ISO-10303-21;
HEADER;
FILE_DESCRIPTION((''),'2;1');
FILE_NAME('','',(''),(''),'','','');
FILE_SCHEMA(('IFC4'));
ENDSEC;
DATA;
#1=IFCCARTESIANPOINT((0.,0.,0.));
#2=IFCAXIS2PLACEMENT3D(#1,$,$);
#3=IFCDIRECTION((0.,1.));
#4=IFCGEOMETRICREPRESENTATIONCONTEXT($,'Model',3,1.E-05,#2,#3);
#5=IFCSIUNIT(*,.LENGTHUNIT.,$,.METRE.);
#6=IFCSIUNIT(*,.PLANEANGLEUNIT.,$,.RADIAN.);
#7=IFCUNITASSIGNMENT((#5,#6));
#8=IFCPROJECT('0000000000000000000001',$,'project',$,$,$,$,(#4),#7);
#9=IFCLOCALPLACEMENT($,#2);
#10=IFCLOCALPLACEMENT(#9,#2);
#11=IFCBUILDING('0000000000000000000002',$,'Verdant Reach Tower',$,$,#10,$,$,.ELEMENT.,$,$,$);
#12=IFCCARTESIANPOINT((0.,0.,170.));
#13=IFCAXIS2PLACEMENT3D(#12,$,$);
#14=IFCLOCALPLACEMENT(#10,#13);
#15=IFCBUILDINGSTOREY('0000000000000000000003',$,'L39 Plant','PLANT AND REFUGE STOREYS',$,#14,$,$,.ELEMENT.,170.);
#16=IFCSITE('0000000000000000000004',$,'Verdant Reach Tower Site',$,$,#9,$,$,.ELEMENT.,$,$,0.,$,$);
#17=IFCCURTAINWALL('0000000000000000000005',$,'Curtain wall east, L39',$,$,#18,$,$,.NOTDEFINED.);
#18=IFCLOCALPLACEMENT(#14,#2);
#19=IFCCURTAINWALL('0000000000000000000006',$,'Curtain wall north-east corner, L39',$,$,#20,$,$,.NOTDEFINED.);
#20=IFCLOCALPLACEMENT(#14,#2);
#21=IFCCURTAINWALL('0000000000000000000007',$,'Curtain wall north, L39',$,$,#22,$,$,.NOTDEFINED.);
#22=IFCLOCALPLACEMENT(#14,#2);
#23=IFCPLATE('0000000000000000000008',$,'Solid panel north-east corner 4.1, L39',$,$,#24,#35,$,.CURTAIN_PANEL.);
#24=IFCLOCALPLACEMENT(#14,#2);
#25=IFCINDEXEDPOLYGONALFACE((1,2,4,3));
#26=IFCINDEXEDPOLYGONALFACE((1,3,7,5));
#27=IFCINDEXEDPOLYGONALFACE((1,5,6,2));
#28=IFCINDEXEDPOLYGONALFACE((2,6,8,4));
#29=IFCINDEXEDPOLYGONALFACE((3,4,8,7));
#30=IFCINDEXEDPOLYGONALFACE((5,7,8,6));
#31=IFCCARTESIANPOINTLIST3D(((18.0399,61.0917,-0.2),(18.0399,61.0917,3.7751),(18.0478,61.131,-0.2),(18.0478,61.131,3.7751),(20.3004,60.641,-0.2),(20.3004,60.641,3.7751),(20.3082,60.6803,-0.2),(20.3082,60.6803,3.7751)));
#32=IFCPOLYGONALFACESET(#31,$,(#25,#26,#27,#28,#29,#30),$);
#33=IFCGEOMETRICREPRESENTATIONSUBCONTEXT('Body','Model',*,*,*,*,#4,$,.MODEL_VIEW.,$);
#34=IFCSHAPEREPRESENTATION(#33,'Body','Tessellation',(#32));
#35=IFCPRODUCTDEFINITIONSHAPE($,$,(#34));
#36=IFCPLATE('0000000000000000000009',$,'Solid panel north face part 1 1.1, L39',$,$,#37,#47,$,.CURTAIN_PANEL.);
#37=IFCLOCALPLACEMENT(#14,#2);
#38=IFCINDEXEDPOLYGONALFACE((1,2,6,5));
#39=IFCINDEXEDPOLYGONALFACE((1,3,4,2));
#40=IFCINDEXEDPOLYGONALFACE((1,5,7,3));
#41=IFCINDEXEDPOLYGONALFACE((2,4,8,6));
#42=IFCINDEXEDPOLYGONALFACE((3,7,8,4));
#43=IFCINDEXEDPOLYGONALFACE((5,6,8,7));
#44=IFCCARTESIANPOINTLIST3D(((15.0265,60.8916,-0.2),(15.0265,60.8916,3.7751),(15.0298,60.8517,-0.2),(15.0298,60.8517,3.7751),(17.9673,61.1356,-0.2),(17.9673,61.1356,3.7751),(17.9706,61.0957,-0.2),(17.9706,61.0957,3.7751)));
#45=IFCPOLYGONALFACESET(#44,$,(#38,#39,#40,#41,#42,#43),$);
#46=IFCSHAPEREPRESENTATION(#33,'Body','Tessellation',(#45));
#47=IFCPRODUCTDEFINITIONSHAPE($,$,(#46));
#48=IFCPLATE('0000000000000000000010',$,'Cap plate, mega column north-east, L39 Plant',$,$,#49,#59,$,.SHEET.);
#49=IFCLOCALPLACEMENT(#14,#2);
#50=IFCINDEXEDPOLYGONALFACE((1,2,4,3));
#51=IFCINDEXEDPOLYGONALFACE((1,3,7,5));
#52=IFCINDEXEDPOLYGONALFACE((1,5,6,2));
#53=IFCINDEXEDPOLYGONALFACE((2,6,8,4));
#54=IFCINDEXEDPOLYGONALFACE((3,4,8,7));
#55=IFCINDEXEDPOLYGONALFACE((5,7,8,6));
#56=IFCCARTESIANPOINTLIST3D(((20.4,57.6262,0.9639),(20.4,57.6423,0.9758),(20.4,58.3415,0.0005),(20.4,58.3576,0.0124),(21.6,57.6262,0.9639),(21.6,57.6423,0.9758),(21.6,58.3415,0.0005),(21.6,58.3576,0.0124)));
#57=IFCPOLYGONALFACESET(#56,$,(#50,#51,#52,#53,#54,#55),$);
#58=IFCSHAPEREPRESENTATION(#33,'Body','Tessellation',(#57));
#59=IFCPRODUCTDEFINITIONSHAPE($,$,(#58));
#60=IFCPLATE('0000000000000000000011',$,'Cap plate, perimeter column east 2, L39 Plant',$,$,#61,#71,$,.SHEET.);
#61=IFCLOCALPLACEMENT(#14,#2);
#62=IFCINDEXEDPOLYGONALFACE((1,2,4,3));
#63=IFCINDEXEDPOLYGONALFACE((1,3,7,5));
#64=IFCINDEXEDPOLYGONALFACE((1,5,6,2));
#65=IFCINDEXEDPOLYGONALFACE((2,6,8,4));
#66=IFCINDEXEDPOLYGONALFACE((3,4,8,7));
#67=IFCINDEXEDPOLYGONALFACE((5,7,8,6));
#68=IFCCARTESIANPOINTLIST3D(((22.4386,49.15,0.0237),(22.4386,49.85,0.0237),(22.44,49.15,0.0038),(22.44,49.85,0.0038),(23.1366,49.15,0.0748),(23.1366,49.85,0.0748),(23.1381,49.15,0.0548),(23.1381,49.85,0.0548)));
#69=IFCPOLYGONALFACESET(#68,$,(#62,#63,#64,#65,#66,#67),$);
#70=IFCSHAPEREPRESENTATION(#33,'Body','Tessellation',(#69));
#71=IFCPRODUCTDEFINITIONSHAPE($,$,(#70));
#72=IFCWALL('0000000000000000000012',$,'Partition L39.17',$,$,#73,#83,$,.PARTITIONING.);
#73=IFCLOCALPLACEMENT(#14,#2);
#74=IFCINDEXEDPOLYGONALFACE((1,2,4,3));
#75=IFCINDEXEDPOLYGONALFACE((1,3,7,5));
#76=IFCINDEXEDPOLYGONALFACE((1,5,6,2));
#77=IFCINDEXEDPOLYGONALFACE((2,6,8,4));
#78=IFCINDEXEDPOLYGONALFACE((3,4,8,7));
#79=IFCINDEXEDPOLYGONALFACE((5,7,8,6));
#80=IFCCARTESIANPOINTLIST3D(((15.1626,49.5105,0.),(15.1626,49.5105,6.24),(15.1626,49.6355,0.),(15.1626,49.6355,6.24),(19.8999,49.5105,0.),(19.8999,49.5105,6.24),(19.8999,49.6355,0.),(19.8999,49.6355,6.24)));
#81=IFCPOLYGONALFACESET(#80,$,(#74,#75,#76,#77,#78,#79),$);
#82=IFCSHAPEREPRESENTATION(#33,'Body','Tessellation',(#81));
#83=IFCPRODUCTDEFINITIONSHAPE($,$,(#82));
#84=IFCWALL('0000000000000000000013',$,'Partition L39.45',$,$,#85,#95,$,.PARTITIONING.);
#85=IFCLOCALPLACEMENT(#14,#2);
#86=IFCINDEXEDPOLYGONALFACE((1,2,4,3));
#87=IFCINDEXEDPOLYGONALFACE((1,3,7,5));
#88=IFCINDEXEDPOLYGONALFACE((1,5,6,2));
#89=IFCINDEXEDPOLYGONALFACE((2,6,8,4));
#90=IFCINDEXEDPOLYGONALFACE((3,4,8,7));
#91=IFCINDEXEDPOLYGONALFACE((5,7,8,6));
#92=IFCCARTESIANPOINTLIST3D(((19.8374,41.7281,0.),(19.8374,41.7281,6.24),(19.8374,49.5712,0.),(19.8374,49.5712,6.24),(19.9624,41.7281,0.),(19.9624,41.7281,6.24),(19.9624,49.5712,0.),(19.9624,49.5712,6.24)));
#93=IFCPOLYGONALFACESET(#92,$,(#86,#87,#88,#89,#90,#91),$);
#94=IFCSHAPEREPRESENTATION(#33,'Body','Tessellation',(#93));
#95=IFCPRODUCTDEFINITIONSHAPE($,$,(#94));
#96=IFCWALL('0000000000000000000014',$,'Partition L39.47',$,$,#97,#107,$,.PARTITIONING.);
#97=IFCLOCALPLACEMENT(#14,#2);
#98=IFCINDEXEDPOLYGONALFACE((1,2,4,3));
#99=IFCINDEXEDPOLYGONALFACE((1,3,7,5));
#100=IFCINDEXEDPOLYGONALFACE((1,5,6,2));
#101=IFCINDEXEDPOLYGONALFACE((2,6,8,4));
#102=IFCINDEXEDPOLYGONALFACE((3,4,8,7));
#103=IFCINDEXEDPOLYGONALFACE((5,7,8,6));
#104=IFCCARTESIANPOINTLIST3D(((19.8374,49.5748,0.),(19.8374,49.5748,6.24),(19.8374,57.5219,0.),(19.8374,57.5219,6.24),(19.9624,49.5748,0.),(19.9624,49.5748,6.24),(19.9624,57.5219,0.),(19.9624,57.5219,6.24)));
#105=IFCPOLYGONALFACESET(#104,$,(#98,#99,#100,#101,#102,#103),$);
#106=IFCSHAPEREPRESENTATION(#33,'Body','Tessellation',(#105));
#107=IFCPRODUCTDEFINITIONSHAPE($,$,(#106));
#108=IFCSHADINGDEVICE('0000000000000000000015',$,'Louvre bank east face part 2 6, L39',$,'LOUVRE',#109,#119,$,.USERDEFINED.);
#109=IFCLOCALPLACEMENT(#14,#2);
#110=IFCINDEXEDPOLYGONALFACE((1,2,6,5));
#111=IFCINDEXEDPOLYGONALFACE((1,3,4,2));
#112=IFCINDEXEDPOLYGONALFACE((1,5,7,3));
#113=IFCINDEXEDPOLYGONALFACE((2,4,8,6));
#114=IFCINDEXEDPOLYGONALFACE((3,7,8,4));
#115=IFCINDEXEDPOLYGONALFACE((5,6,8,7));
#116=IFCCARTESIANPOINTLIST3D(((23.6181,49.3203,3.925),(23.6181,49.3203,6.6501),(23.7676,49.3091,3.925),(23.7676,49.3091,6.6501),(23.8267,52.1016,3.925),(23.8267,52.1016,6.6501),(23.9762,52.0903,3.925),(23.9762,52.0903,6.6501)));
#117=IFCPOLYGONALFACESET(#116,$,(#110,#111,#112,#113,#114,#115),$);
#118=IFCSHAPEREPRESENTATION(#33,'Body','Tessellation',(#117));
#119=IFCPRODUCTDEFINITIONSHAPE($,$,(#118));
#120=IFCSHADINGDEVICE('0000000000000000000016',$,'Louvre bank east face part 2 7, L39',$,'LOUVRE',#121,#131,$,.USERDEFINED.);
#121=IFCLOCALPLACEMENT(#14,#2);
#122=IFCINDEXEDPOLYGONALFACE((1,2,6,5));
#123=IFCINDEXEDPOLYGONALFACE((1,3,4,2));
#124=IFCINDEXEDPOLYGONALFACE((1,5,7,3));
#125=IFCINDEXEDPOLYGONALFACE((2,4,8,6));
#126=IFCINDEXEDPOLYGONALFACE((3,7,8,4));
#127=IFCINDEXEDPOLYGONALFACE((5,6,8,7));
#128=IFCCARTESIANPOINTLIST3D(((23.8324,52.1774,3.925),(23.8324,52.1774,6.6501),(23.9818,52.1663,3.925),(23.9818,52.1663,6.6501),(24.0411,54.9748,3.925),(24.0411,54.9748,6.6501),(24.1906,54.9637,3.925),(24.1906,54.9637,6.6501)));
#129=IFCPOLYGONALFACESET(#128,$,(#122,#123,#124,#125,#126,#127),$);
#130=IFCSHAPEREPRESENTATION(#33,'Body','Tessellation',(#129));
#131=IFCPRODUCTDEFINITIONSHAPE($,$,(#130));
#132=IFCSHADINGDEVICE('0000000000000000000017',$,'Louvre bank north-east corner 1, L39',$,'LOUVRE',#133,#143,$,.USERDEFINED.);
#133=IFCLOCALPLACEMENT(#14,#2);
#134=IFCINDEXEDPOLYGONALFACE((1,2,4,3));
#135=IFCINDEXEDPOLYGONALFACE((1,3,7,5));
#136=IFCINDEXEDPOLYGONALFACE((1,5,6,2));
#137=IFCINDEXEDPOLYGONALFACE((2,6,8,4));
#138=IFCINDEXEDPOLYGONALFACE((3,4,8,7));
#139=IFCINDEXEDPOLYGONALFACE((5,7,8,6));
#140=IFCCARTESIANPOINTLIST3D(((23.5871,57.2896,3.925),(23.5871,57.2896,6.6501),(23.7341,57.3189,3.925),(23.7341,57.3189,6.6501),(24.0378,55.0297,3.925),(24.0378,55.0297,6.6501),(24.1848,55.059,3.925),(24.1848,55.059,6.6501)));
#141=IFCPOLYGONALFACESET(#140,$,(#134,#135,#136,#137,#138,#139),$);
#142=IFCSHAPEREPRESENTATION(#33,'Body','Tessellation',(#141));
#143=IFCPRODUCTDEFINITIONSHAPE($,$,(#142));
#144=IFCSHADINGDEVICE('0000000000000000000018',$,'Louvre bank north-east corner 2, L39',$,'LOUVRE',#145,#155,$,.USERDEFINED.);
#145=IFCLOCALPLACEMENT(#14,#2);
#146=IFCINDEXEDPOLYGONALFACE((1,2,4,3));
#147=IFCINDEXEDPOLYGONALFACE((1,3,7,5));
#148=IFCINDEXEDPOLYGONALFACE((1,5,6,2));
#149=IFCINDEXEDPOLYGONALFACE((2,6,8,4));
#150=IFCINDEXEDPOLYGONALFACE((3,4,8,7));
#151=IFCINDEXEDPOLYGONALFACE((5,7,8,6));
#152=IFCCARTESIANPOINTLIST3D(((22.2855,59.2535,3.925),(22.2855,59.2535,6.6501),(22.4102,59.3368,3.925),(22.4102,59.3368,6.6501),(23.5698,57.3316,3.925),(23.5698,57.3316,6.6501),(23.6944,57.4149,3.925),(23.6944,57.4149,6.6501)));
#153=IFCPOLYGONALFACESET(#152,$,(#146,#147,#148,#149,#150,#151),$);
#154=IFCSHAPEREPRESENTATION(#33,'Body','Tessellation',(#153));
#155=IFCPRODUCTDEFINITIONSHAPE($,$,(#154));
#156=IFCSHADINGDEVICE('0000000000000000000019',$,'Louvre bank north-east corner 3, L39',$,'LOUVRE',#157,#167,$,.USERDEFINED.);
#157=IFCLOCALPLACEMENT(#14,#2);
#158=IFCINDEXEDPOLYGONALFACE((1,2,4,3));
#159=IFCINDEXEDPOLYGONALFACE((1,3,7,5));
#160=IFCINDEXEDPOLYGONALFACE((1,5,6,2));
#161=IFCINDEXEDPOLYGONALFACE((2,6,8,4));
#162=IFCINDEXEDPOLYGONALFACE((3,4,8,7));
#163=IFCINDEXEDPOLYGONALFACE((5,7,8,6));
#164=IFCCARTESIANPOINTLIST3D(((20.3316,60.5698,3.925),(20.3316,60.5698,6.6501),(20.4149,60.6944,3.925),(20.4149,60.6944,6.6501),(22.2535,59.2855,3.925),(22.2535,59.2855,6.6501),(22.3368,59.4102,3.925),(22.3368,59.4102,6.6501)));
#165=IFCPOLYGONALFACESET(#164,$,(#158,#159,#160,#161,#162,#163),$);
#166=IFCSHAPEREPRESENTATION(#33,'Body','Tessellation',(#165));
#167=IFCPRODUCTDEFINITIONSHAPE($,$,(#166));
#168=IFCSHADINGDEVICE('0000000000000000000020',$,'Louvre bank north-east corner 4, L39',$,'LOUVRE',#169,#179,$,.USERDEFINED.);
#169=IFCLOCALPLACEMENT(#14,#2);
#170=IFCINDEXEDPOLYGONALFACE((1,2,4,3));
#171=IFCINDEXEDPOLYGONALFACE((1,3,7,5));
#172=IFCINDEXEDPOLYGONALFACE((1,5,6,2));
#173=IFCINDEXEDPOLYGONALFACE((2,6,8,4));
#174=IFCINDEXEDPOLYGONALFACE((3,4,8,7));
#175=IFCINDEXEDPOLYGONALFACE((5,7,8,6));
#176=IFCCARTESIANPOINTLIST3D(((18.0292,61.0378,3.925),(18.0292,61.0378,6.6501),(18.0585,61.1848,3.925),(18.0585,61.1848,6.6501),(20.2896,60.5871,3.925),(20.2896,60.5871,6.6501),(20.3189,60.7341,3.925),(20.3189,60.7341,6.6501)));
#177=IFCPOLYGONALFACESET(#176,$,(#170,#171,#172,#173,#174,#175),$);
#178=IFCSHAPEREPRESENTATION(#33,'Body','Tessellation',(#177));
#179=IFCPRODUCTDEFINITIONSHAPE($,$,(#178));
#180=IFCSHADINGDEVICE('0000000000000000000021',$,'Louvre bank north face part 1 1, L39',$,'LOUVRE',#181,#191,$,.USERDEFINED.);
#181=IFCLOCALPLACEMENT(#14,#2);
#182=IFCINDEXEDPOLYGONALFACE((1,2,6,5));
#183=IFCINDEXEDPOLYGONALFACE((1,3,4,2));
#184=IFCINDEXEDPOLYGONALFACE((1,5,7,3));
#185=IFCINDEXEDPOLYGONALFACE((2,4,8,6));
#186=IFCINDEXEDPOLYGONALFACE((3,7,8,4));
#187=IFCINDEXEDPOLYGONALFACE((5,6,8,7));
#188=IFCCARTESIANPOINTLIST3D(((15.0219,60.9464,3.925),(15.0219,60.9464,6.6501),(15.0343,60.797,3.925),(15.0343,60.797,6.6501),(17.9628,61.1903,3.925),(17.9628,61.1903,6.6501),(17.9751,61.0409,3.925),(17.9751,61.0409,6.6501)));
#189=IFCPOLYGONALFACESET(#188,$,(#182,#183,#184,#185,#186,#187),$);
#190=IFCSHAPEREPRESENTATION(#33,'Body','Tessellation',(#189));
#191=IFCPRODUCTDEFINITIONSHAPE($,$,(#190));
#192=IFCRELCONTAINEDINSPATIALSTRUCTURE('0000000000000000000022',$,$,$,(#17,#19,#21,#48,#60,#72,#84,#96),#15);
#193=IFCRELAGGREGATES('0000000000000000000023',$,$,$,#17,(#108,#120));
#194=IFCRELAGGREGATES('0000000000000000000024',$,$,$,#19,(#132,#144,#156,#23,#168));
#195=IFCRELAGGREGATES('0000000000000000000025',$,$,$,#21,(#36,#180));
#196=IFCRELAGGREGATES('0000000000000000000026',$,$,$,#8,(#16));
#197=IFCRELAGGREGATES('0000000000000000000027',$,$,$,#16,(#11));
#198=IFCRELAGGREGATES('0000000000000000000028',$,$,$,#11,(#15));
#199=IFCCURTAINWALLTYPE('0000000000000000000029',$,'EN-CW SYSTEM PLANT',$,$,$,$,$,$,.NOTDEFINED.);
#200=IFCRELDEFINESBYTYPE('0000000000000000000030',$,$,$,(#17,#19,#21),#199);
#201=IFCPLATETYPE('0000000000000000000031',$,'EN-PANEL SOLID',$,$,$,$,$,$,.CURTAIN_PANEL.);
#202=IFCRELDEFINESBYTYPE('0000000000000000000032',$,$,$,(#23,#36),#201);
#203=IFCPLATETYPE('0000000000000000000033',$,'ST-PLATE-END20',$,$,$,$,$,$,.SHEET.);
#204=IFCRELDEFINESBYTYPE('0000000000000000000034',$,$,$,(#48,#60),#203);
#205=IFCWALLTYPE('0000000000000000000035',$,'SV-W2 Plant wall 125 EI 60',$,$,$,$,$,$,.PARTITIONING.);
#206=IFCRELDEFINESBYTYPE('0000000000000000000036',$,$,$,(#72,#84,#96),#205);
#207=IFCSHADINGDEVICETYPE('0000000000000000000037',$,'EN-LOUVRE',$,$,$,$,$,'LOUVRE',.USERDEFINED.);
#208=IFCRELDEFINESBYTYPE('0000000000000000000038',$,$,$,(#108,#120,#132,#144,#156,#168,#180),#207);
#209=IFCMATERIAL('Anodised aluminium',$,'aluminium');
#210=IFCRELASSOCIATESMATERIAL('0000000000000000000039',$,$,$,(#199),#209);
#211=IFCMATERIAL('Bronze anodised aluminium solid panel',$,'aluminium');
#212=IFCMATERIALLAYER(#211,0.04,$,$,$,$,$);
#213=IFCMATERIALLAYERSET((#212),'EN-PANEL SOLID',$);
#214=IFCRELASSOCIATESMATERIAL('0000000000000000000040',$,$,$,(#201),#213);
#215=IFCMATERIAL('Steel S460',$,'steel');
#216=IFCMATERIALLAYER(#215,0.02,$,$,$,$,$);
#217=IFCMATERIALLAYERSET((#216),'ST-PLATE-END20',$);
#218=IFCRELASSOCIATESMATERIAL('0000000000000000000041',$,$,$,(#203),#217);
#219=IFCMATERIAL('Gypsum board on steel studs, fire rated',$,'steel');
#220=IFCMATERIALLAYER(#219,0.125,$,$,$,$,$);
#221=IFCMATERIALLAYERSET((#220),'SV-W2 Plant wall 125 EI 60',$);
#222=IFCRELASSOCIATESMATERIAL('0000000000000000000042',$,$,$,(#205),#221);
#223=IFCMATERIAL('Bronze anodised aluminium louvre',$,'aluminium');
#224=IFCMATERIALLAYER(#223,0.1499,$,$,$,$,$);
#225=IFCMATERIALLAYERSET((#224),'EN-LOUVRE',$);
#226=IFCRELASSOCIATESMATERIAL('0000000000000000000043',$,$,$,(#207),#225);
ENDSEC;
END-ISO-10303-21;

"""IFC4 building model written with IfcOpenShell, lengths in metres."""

from ifc_helpers import new_model, si_unit, direction, frame, frame_2d, origin, origin_2d, place, context, subcontext, project, spatial, rectangle, extrude, material, layer, layer_set, type_object, element, aggregate, save


model = new_model("IFC4")

# Units and contexts
model_context = context("Model", 3, precision=1e-05, world=origin(), true_north=direction((0.0, 1.0)))
body_context = subcontext(model_context, "Body", "Model", "MODEL_VIEW")
ifc_project = project(units=[si_unit("LENGTHUNIT", "METRE"), si_unit("PLANEANGLEUNIT", "RADIAN")], contexts=[model_context])

# Site, building, storey
site_placement = place(None, origin())
site = spatial("IfcSite", under=ifc_project, at=site_placement, Name="Verdant Reach Tower Site", CompositionType="ELEMENT", RefElevation=0.0)
building_placement = place(site_placement, origin())
building = spatial("IfcBuilding", under=site, at=building_placement, Name="Verdant Reach Tower", CompositionType="ELEMENT")
storey_placement = place(building_placement, frame((0.0, 0.0, 170.0)))
storey = spatial("IfcBuildingStorey", under=building, at=storey_placement, Name="L39 Plant", Description="PLANT AND REFUGE STOREYS", CompositionType="ELEMENT", Elevation=170.0)

# Shared definitions
ifc_material_1 = material(Name="Steel S460", Category="steel")

# Curtain wall
ifc_material_2 = material(Name="Anodised aluminium", Category="aluminium")
curtain_wall_type = type_object("IfcCurtainWallType", Name="EN-CW SYSTEM PLANT", PredefinedType="NOTDEFINED", material=ifc_material_2)
curtain_wall_1_placement = place(storey_placement, origin())
curtain_wall_1 = element("IfcCurtainWall", 1, at=curtain_wall_1_placement, inside=storey, type_object=curtain_wall_type, Name="Curtain wall east, L39", PredefinedType="NOTDEFINED")

# Curtain walls
curtain_wall_2_placement = place(storey_placement, origin())
curtain_wall_2 = element("IfcCurtainWall", 2, at=curtain_wall_2_placement, inside=storey, type_object=curtain_wall_type, Name="Curtain wall north-east corner, L39", PredefinedType="NOTDEFINED")
curtain_wall_3_placement = place(storey_placement, origin())
curtain_wall_3 = element("IfcCurtainWall", 3, at=curtain_wall_3_placement, inside=storey, type_object=curtain_wall_type, Name="Curtain wall north, L39", PredefinedType="NOTDEFINED")

# Plates
ifc_material_3 = material(Name="Bronze anodised aluminium solid panel", Category="aluminium")
ifc_layer_1 = layer(ifc_material_3, 0.04)
ifc_layer_set_1 = layer_set([ifc_layer_1], Name="EN-PANEL SOLID")
plate_type_1 = type_object("IfcPlateType", Name="EN-PANEL SOLID", PredefinedType="CURTAIN_PANEL", material=ifc_layer_set_1)
plate_1_placement = place(storey_placement, frame((19.1741, 60.886, -0.2), z_axis=(0.0, 0.0, 1.0), x_axis=(-0.980695, 0.195545, 0.0)))
plate_1 = element("IfcPlate", 4, at=plate_1_placement, type_object=plate_type_1, Name="Solid panel north-east corner 4.1, L39", PredefinedType="CURTAIN_PANEL", context=body_context, shape_type="SweptSolid", body=[
    extrude(rectangle(XDim=2.3049, YDim=0.04, at=origin_2d()), origin(), (0.0, 0.0, 1.0), 3.9751),
])
plate_2_placement = place(storey_placement, frame((16.4985, 60.9937, -0.2), z_axis=(0.0, 0.0, 1.0), x_axis=(-0.996578, -0.082664, 0.0)))
plate_2 = element("IfcPlate", 5, at=plate_2_placement, type_object=plate_type_1, Name="Solid panel north face part 1 1.1, L39", PredefinedType="CURTAIN_PANEL", context=body_context, shape_type="SweptSolid", body=[
    extrude(rectangle(XDim=2.9509, YDim=0.04, at=origin_2d()), origin(), (0.0, 0.0, 1.0), 3.9751),
])

# Plates
ifc_layer_2 = layer(ifc_material_1, 0.02)
ifc_layer_set_2 = layer_set([ifc_layer_2], Name="ST-PLATE-END20")
plate_type_2 = type_object("IfcPlateType", Name="ST-PLATE-END20", PredefinedType="SHEET", material=ifc_layer_set_2)
plate_3_placement = place(storey_placement, frame((21.0, 57.9839, 0.4822), z_axis=(0.0, 0.80291, 0.5961), x_axis=(-1.0, 0.0, 0.0)))
element("IfcPlate", 6, at=plate_3_placement, inside=storey, type_object=plate_type_2, Name="Cap plate, mega column north-east, L39 Plant", PredefinedType="SHEET", context=body_context, shape_type="SweptSolid", body=[
    extrude(rectangle(XDim=1.2, YDim=1.2, at=origin_2d()), origin(), (0.0, 0.0, 1.0), 0.02),
])
plate_4_placement = place(storey_placement, frame((22.7891, 49.5, 0.0293), z_axis=(-0.072976, 0.0, 0.997334), x_axis=(0.0, -1.0, 0.0)))
element("IfcPlate", 7, at=plate_4_placement, inside=storey, type_object=plate_type_2, Name="Cap plate, perimeter column east 2, L39 Plant", PredefinedType="SHEET", context=body_context, shape_type="SweptSolid", body=[
    extrude(rectangle(XDim=0.7, YDim=0.7, at=origin_2d()), origin(), (0.0, 0.0, 1.0), 0.02),
])

# Walls
ifc_material_4 = material(Name="Gypsum board on steel studs, fire rated", Category="steel")
ifc_layer_3 = layer(ifc_material_4, 0.125)
ifc_layer_set_3 = layer_set([ifc_layer_3], Name="SV-W2 Plant wall 125 EI 60")
wall_type = type_object("IfcWallType", Name="SV-W2 Plant wall 125 EI 60", PredefinedType="PARTITIONING", material=ifc_layer_set_3)
wall_1_placement = place(storey_placement, frame((15.1626, 49.573, 0.0), z_axis=(0.0, 0.0, 1.0), x_axis=(1.0, 0.0, 0.0)))
element("IfcWall", 8, at=wall_1_placement, inside=storey, type_object=wall_type, Name="Partition L39.17", PredefinedType="PARTITIONING", context=body_context, shape_type="SweptSolid", body=[
    extrude(rectangle(XDim=4.7373, YDim=0.125, at=frame_2d((2.3687, 0.0))), origin(), (0.0, 0.0, 1.0), 6.24),
])
wall_2_placement = place(storey_placement, frame((19.8999, 49.571, 0.0), z_axis=(0.0, 0.0, 1.0), x_axis=(0.0, -1.0, 0.0)))
element("IfcWall", 9, at=wall_2_placement, inside=storey, type_object=wall_type, Name="Partition L39.45", PredefinedType="PARTITIONING", context=body_context, shape_type="SweptSolid", body=[
    extrude(rectangle(XDim=7.843, YDim=0.125, at=frame_2d((3.9214, 0.0))), origin(), (0.0, 0.0, 1.0), 6.24),
])
wall_3_placement = place(storey_placement, frame((19.8999, 57.522, 0.0), z_axis=(0.0, 0.0, 1.0), x_axis=(0.0, -1.0, 0.0)))
element("IfcWall", 10, at=wall_3_placement, inside=storey, type_object=wall_type, Name="Partition L39.47", PredefinedType="PARTITIONING", context=body_context, shape_type="SweptSolid", body=[
    extrude(rectangle(XDim=7.947, YDim=0.125, at=frame_2d((3.9736, 0.0))), origin(), (0.0, 0.0, 1.0), 6.24),
])

# Shading devices
ifc_material_5 = material(Name="Bronze anodised aluminium louvre", Category="aluminium")
ifc_layer_4 = layer(ifc_material_5, 0.1499)
ifc_layer_set_4 = layer_set([ifc_layer_4], Name="EN-LOUVRE")
shading_device_type = type_object("IfcShadingDeviceType", Name="EN-LOUVRE", ElementType="LOUVRE", PredefinedType="USERDEFINED", material=ifc_layer_set_4)
shading_device_1_placement = place(storey_placement, frame((23.7971, 50.7053, 3.925), z_axis=(0.0, 0.0, 1.0), x_axis=(0.07479, 0.997199, 0.0)))
shading_device_1 = element("IfcShadingDevice", 11, at=shading_device_1_placement, type_object=shading_device_type, Name="Louvre bank east face part 2 6, L39", ObjectType="LOUVRE", PredefinedType="USERDEFINED", context=body_context, shape_type="SweptSolid", body=[
    extrude(rectangle(XDim=2.7891, YDim=0.1499, at=origin_2d()), origin(), (0.0, 0.0, 1.0), 2.7251),
])
shading_device_2_placement = place(storey_placement, frame((24.0115, 53.5706, 3.925), z_axis=(0.0, 0.0, 1.0), x_axis=(0.074412, 0.997228, 0.0)))
shading_device_2 = element("IfcShadingDevice", 12, at=shading_device_2_placement, type_object=shading_device_type, Name="Louvre bank east face part 2 7, L39", ObjectType="LOUVRE", PredefinedType="USERDEFINED", context=body_context, shape_type="SweptSolid", body=[
    extrude(rectangle(XDim=2.8052, YDim=0.1499, at=origin_2d()), origin(), (0.0, 0.0, 1.0), 2.7251),
])
aggregate(curtain_wall_1, [shading_device_1, shading_device_2])
shading_device_3_placement = place(storey_placement, frame((23.886, 56.1743, 3.925), z_axis=(0.0, 0.0, 1.0), x_axis=(-0.195573, 0.980689, 0.0)))
shading_device_3 = element("IfcShadingDevice", 13, at=shading_device_3_placement, type_object=shading_device_type, Name="Louvre bank north-east corner 1, L39", ObjectType="LOUVRE", PredefinedType="USERDEFINED", context=body_context, shape_type="SweptSolid", body=[
    extrude(rectangle(XDim=2.3044, YDim=0.1499, at=origin_2d()), origin(), (0.0, 0.0, 1.0), 2.7251),
])
shading_device_4_placement = place(storey_placement, frame((22.99, 58.3342, 3.925), z_axis=(0.0, 0.0, 1.0), x_axis=(-0.555596, 0.831452, 0.0)))
shading_device_4 = element("IfcShadingDevice", 14, at=shading_device_4_placement, type_object=shading_device_type, Name="Louvre bank north-east corner 2, L39", ObjectType="LOUVRE", PredefinedType="USERDEFINED", context=body_context, shape_type="SweptSolid", body=[
    extrude(rectangle(XDim=2.3115, YDim=0.1499, at=origin_2d()), origin(), (0.0, 0.0, 1.0), 2.7251),
])
shading_device_5_placement = place(storey_placement, frame((21.3342, 59.99, 3.925), z_axis=(0.0, 0.0, 1.0), x_axis=(-0.831452, 0.555596, 0.0)))
shading_device_5 = element("IfcShadingDevice", 15, at=shading_device_5_placement, type_object=shading_device_type, Name="Louvre bank north-east corner 3, L39", ObjectType="LOUVRE", PredefinedType="USERDEFINED", context=body_context, shape_type="SweptSolid", body=[
    extrude(rectangle(XDim=2.3115, YDim=0.1499, at=origin_2d()), origin(), (0.0, 0.0, 1.0), 2.7251),
])
shading_device_6_placement = place(storey_placement, frame((19.1741, 60.886, 3.925), z_axis=(0.0, 0.0, 1.0), x_axis=(-0.980695, 0.195545, 0.0)))
shading_device_6 = element("IfcShadingDevice", 16, at=shading_device_6_placement, type_object=shading_device_type, Name="Louvre bank north-east corner 4, L39", ObjectType="LOUVRE", PredefinedType="USERDEFINED", context=body_context, shape_type="SweptSolid", body=[
    extrude(rectangle(XDim=2.3049, YDim=0.1499, at=origin_2d()), origin(), (0.0, 0.0, 1.0), 2.7251),
])
aggregate(curtain_wall_2, [shading_device_3, shading_device_4, shading_device_5, plate_1, shading_device_6])
shading_device_7_placement = place(storey_placement, frame((16.4985, 60.9937, 3.925), z_axis=(0.0, 0.0, 1.0), x_axis=(-0.996578, -0.082664, 0.0)))
shading_device_7 = element("IfcShadingDevice", 17, at=shading_device_7_placement, type_object=shading_device_type, Name="Louvre bank north face part 1 1, L39", ObjectType="LOUVRE", PredefinedType="USERDEFINED", context=body_context, shape_type="SweptSolid", body=[
    extrude(rectangle(XDim=2.9509, YDim=0.1499, at=origin_2d()), origin(), (0.0, 0.0, 1.0), 2.7251),
])
aggregate(curtain_wall_3, [plate_2, shading_device_7])

save(model, "model.ifc")
